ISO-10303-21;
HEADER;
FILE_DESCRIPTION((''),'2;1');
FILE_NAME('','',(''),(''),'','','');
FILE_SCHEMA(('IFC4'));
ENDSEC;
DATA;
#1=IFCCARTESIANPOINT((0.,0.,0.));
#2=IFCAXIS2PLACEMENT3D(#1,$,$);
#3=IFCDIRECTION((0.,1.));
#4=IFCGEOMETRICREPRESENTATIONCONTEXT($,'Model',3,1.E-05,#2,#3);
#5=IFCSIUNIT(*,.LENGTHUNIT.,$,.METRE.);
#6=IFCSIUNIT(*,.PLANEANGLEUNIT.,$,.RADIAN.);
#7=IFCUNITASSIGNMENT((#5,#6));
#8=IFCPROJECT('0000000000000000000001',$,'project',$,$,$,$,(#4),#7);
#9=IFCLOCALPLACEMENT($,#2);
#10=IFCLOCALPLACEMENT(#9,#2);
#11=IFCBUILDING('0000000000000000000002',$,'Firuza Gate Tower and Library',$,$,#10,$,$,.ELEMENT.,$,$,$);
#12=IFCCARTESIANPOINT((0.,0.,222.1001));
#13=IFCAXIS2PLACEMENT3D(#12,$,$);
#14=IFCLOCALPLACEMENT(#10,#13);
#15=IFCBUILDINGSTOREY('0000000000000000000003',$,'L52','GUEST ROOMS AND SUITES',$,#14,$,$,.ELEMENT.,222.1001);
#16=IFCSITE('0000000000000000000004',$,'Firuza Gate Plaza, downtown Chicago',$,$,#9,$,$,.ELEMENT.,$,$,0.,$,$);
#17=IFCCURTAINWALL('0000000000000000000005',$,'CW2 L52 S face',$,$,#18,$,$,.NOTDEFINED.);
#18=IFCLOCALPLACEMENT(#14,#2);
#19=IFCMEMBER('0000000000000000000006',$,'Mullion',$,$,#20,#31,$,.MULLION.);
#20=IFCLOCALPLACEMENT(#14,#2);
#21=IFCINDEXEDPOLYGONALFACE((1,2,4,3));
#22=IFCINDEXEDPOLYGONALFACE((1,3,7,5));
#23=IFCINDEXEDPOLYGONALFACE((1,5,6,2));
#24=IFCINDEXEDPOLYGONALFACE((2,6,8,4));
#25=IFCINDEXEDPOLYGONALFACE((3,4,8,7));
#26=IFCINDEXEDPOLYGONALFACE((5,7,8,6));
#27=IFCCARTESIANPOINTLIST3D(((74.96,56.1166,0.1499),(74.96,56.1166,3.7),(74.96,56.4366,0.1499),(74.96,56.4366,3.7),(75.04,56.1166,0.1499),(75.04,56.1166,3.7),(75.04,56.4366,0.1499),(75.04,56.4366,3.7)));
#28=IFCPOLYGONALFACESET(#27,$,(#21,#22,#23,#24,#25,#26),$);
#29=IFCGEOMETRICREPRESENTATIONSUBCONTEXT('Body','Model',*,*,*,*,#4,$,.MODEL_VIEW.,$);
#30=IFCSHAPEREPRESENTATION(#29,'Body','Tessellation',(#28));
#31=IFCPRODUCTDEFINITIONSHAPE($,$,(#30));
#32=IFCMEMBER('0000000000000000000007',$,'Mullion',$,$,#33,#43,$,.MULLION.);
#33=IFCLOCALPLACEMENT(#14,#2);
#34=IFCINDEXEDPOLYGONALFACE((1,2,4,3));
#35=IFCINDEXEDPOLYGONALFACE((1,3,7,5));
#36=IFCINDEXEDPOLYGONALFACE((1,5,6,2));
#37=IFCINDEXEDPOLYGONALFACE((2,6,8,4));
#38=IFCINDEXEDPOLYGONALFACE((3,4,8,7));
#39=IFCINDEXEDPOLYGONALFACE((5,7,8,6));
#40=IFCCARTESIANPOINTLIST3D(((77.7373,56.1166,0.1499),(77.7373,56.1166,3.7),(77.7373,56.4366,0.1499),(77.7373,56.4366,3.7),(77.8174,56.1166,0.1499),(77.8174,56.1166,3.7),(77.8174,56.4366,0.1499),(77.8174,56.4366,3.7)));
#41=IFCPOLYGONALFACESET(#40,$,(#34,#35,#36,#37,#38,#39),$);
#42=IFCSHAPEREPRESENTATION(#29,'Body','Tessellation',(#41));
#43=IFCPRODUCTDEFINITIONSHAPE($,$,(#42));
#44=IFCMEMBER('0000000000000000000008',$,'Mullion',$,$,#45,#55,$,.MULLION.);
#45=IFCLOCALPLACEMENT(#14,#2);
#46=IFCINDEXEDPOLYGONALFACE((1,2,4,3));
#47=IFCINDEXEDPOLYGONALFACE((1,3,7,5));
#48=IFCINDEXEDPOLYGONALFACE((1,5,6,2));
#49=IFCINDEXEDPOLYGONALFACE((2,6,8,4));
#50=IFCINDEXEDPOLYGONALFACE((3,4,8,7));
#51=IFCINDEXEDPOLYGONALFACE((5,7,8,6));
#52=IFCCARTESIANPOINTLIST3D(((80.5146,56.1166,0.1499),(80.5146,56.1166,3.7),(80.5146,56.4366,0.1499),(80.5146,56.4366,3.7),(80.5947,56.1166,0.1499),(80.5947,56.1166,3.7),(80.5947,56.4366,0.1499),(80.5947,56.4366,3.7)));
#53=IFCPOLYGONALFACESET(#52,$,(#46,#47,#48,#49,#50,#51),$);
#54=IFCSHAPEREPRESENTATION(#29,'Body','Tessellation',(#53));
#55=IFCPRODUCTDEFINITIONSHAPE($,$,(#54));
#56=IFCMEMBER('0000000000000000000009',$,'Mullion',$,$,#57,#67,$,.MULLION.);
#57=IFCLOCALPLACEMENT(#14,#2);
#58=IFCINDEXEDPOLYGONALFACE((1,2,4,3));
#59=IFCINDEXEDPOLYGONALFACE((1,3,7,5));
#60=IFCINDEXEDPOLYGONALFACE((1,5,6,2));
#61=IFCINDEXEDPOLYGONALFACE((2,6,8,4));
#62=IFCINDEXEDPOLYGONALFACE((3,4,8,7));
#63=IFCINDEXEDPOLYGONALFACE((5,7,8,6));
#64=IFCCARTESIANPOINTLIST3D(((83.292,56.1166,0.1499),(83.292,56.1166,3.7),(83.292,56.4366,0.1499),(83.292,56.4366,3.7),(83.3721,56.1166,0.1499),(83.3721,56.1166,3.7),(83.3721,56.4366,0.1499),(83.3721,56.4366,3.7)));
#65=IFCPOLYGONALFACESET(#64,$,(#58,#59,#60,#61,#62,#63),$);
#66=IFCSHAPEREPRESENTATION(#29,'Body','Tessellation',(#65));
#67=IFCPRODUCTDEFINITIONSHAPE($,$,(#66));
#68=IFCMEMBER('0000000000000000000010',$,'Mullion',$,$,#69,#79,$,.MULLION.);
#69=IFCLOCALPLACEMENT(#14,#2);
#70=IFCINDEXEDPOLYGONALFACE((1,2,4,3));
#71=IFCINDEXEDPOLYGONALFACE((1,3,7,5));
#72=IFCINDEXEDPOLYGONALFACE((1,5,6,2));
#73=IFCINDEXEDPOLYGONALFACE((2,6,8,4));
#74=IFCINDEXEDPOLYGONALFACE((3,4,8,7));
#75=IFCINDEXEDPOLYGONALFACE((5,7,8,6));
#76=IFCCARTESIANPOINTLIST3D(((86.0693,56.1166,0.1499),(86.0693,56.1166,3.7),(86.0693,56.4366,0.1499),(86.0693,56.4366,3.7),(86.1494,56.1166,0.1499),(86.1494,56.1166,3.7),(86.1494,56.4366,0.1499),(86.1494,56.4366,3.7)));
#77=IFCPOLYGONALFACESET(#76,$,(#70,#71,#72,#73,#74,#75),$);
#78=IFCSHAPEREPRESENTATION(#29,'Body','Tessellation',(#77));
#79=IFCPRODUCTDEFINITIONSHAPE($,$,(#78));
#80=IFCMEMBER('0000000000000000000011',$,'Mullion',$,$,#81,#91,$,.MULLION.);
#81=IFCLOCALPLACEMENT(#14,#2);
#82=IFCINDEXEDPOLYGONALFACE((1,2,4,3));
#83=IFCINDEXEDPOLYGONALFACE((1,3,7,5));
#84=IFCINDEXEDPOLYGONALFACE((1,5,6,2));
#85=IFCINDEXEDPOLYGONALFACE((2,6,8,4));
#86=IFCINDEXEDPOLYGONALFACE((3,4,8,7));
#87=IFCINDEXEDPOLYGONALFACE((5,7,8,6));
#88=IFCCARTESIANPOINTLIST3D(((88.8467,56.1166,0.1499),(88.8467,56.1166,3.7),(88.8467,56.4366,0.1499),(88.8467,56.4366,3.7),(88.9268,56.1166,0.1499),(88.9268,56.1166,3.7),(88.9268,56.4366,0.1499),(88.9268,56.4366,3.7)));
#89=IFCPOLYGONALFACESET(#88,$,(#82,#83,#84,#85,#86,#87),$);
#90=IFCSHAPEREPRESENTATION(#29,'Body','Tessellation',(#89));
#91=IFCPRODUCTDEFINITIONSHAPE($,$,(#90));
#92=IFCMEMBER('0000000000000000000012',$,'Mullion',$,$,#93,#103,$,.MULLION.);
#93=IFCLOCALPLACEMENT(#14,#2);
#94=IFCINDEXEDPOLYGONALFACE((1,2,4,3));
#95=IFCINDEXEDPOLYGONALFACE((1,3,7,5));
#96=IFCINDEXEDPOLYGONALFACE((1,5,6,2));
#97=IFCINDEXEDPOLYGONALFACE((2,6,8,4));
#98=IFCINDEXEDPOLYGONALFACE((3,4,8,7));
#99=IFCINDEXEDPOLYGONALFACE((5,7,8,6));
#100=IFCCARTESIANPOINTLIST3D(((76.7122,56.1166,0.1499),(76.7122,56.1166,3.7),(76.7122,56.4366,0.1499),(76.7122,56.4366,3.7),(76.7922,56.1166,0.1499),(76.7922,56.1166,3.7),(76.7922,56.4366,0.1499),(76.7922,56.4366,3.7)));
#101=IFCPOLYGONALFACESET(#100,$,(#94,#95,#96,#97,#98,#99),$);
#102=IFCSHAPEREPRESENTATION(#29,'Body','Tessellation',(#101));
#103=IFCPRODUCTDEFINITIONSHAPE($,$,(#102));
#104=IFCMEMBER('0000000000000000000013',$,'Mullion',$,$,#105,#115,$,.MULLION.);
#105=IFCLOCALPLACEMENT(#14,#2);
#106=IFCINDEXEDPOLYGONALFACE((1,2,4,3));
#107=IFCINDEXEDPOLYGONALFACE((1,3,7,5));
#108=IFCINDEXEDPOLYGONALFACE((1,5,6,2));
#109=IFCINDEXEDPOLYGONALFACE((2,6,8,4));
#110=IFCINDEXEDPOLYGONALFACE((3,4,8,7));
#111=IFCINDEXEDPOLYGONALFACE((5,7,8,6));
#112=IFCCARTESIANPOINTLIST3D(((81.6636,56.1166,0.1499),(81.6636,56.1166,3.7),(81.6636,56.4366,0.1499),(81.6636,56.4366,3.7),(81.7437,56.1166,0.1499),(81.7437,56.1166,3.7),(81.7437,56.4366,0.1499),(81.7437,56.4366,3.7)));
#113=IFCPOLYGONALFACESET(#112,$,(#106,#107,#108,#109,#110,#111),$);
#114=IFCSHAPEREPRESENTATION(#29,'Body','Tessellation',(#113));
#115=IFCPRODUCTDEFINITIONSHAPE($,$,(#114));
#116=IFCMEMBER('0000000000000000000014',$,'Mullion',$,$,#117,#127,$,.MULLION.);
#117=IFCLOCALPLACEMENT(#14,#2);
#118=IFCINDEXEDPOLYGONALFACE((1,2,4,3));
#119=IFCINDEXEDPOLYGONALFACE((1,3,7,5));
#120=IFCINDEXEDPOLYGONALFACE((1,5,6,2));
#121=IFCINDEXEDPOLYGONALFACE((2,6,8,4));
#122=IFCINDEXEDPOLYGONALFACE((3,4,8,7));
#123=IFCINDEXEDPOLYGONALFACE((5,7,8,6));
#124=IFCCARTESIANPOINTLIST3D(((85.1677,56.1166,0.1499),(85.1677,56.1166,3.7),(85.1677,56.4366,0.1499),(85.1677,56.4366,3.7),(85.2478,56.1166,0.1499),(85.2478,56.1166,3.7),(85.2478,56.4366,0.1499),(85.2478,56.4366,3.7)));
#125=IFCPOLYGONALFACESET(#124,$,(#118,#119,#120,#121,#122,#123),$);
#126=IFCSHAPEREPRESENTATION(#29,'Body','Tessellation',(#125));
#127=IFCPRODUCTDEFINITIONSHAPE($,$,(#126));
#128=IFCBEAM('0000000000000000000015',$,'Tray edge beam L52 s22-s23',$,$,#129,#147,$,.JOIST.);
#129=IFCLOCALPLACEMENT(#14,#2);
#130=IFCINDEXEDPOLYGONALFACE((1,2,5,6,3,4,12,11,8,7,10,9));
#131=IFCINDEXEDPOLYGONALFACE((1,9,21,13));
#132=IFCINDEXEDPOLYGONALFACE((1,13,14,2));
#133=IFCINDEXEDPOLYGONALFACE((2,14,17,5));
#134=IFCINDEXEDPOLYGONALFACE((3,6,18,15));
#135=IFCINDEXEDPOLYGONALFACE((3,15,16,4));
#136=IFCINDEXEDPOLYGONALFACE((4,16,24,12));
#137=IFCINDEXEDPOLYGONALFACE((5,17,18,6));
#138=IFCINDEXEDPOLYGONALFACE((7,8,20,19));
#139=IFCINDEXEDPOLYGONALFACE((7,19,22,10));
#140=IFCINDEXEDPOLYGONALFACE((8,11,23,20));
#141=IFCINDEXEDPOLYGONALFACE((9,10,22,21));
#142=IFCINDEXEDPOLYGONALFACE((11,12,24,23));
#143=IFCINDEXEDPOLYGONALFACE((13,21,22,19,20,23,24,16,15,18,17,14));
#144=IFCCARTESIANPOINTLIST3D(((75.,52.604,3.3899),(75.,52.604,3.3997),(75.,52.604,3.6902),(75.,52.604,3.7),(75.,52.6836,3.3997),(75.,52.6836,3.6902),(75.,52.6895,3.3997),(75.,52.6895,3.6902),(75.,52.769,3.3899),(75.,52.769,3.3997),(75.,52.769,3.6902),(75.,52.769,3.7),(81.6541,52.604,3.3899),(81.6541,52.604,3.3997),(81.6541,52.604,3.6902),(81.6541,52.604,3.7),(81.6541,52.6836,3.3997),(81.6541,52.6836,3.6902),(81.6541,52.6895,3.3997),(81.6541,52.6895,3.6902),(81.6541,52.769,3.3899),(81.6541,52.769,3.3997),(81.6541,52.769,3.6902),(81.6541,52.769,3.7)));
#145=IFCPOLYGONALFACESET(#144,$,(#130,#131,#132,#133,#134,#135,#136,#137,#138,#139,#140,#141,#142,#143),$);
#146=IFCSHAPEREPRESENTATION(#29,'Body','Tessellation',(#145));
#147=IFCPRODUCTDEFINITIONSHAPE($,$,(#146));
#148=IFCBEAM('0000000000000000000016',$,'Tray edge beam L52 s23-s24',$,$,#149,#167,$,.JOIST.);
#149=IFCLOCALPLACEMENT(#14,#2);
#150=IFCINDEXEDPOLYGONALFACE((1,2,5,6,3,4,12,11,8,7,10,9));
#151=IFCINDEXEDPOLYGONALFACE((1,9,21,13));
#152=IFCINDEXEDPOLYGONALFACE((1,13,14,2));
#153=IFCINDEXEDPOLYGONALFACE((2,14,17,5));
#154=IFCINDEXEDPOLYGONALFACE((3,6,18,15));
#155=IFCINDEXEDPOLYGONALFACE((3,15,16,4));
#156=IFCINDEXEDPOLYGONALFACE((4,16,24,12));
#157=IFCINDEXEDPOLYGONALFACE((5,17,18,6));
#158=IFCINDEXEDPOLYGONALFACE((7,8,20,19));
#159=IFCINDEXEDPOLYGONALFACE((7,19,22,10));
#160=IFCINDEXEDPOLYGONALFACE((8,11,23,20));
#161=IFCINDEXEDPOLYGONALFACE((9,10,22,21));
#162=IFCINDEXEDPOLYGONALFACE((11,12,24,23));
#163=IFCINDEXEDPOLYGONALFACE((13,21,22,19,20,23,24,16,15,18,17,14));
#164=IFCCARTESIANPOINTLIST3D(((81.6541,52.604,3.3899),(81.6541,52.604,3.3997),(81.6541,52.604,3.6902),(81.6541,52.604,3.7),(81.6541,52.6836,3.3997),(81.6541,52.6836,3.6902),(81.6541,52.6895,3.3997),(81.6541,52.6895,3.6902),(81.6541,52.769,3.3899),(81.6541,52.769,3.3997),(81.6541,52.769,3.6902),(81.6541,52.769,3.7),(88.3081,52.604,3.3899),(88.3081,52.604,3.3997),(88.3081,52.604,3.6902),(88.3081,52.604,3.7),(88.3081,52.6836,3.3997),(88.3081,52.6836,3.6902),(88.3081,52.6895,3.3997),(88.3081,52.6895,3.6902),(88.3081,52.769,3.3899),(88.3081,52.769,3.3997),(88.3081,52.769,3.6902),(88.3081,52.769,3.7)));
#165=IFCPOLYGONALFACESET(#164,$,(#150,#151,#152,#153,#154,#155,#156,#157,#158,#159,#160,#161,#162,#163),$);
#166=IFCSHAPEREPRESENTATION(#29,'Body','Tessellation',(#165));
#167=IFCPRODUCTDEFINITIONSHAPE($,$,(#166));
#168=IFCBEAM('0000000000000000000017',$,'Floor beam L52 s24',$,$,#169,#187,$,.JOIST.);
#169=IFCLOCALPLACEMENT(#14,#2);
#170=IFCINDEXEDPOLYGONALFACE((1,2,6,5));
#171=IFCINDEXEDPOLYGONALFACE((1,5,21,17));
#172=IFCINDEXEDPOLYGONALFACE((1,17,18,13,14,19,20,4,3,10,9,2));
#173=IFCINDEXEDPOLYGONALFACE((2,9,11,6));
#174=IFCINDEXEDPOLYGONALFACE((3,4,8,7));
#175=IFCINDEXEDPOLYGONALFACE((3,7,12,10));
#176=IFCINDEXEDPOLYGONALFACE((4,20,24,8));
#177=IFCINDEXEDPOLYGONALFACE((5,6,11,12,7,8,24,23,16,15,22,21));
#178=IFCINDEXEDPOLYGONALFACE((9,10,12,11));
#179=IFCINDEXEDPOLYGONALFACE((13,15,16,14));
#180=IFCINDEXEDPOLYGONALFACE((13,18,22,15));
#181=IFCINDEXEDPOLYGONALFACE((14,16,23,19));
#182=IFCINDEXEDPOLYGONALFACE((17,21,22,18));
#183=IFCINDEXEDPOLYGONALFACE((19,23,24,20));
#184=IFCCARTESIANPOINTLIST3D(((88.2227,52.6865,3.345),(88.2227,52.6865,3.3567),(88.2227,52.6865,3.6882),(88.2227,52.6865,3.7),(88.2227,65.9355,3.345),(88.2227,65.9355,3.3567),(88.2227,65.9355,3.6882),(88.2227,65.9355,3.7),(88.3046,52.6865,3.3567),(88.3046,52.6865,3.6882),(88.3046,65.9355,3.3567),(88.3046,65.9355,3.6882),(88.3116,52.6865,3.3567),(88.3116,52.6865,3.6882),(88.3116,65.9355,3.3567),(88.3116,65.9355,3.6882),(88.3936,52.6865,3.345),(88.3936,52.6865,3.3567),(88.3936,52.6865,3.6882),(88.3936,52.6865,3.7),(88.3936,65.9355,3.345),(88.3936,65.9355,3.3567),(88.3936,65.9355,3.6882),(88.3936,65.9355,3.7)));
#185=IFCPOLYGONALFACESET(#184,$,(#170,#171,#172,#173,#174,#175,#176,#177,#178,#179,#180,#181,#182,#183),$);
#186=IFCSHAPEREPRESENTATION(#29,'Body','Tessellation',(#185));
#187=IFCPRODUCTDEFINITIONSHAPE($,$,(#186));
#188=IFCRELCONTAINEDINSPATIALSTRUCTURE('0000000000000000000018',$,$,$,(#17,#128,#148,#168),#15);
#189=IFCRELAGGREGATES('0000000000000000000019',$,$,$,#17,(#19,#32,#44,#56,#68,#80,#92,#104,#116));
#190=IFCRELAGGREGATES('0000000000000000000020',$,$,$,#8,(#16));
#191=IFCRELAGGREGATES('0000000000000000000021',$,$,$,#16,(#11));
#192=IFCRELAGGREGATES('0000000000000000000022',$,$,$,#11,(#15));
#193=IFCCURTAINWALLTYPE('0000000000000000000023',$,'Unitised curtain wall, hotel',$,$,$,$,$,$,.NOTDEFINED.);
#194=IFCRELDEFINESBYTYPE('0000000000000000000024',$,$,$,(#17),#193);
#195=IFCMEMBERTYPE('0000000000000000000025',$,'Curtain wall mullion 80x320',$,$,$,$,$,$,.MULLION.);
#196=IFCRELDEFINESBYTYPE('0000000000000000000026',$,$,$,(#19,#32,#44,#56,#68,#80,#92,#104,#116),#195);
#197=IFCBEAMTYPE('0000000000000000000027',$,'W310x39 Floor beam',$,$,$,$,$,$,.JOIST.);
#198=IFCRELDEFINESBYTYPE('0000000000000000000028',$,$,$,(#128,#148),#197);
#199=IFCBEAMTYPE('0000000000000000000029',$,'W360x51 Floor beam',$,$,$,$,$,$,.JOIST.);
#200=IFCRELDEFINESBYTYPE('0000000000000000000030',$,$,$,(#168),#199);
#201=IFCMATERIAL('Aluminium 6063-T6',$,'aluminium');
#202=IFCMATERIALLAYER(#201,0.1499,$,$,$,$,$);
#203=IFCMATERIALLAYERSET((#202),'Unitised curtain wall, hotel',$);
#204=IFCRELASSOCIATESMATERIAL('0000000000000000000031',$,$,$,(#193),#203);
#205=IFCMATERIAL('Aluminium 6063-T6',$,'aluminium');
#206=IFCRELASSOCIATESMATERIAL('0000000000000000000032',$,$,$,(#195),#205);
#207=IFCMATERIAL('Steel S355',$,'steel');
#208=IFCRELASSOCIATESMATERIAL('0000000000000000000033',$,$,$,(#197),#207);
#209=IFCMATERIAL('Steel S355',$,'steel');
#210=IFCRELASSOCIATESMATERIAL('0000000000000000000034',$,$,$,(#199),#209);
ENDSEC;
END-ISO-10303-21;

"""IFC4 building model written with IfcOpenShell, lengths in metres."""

from ifc_helpers import new_model, si_unit, direction, frame, origin, origin_2d, place, context, subcontext, project, spatial, rectangle, i_section, extrude, material, layer, layer_set, material_profile, profile_set, type_object, element, aggregate, save


model = new_model("IFC4")

# Units and contexts
model_context = context("Model", 3, precision=1e-05, world=origin(), true_north=direction((0.0, 1.0)))
body_context = subcontext(model_context, "Body", "Model", "MODEL_VIEW")
ifc_project = project(units=[si_unit("LENGTHUNIT", "METRE"), si_unit("PLANEANGLEUNIT", "RADIAN")], contexts=[model_context])

# Site, building, storey
site_placement = place(None, origin())
site = spatial("IfcSite", under=ifc_project, at=site_placement, Name="Firuza Gate Plaza, downtown Chicago", CompositionType="ELEMENT", RefElevation=0.0)
building_placement = place(site_placement, origin())
building = spatial("IfcBuilding", under=site, at=building_placement, Name="Firuza Gate Tower and Library", CompositionType="ELEMENT")
storey_placement = place(building_placement, frame((0.0, 0.0, 222.1001)))
storey = spatial("IfcBuildingStorey", under=building, at=storey_placement, Name="L52", Description="GUEST ROOMS AND SUITES", CompositionType="ELEMENT", Elevation=222.1001)

# Curtain wall, members
ifc_material_1 = material(Name="Aluminium 6063-T6", Category="aluminium")
ifc_layer_1 = layer(ifc_material_1, 0.1499)
ifc_layer_set_1 = layer_set([ifc_layer_1], Name="Unitised curtain wall, hotel")
curtain_wall_type = type_object("IfcCurtainWallType", Name="Unitised curtain wall, hotel", PredefinedType="NOTDEFINED", material=ifc_layer_set_1)
curtain_wall_placement = place(storey_placement, origin())
curtain_wall = element("IfcCurtainWall", 1, at=curtain_wall_placement, inside=storey, type_object=curtain_wall_type, Name="CW2 L52 S face", PredefinedType="NOTDEFINED")
ifc_material_2 = material(Name="Aluminium 6063-T6", Category="aluminium")
ifc_material_profile_1 = material_profile(ifc_material_2, rectangle(XDim=0.3201, YDim=0.0801, at=origin_2d()))
ifc_profile_set_1 = profile_set([ifc_material_profile_1], Name="Aluminium 6063-T6")
member_type = type_object("IfcMemberType", Name="Curtain wall mullion 80x320", PredefinedType="MULLION", material=ifc_profile_set_1)
member_1_placement = place(storey_placement, frame((75.0, 56.2766, 0.1499), z_axis=(0.0, 0.0, 1.0), x_axis=(0.0, 1.0, 0.0)))
member_1 = element("IfcMember", 2, at=member_1_placement, type_object=member_type, Name="Mullion", PredefinedType="MULLION", context=body_context, shape_type="SweptSolid", body=[
    extrude(rectangle(XDim=0.3201, YDim=0.0801, at=origin_2d()), origin(), (0.0, 0.0, 1.0), 3.55),
])
member_2_placement = place(storey_placement, frame((77.7773, 56.2766, 0.1499), z_axis=(0.0, 0.0, 1.0), x_axis=(0.0, 1.0, 0.0)))
member_2 = element("IfcMember", 3, at=member_2_placement, type_object=member_type, Name="Mullion", PredefinedType="MULLION", context=body_context, shape_type="SweptSolid", body=[
    extrude(rectangle(XDim=0.3201, YDim=0.0801, at=origin_2d()), origin(), (0.0, 0.0, 1.0), 3.55),
])
member_3_placement = place(storey_placement, frame((80.5547, 56.2766, 0.1499), z_axis=(0.0, 0.0, 1.0), x_axis=(0.0, 1.0, 0.0)))
member_3 = element("IfcMember", 4, at=member_3_placement, type_object=member_type, Name="Mullion", PredefinedType="MULLION", context=body_context, shape_type="SweptSolid", body=[
    extrude(rectangle(XDim=0.3201, YDim=0.0801, at=origin_2d()), origin(), (0.0, 0.0, 1.0), 3.55),
])
member_4_placement = place(storey_placement, frame((83.332, 56.2766, 0.1499), z_axis=(0.0, 0.0, 1.0), x_axis=(0.0, 1.0, 0.0)))
member_4 = element("IfcMember", 5, at=member_4_placement, type_object=member_type, Name="Mullion", PredefinedType="MULLION", context=body_context, shape_type="SweptSolid", body=[
    extrude(rectangle(XDim=0.3201, YDim=0.0801, at=origin_2d()), origin(), (0.0, 0.0, 1.0), 3.55),
])
member_5_placement = place(storey_placement, frame((86.1094, 56.2766, 0.1499), z_axis=(0.0, 0.0, 1.0), x_axis=(0.0, 1.0, 0.0)))
member_5 = element("IfcMember", 6, at=member_5_placement, type_object=member_type, Name="Mullion", PredefinedType="MULLION", context=body_context, shape_type="SweptSolid", body=[
    extrude(rectangle(XDim=0.3201, YDim=0.0801, at=origin_2d()), origin(), (0.0, 0.0, 1.0), 3.55),
])
member_6_placement = place(storey_placement, frame((88.8867, 56.2766, 0.1499), z_axis=(0.0, 0.0, 1.0), x_axis=(0.0, 1.0, 0.0)))
member_6 = element("IfcMember", 7, at=member_6_placement, type_object=member_type, Name="Mullion", PredefinedType="MULLION", context=body_context, shape_type="SweptSolid", body=[
    extrude(rectangle(XDim=0.3201, YDim=0.0801, at=origin_2d()), origin(), (0.0, 0.0, 1.0), 3.55),
])
member_7_placement = place(storey_placement, frame((76.7522, 56.2766, 0.1499), z_axis=(0.0, 0.0, 1.0), x_axis=(0.0, 1.0, 0.0)))
member_7 = element("IfcMember", 8, at=member_7_placement, type_object=member_type, Name="Mullion", PredefinedType="MULLION", context=body_context, shape_type="SweptSolid", body=[
    extrude(rectangle(XDim=0.3201, YDim=0.0801, at=origin_2d()), origin(), (0.0, 0.0, 1.0), 3.55),
])
member_8_placement = place(storey_placement, frame((81.7036, 56.2766, 0.1499), z_axis=(0.0, 0.0, 1.0), x_axis=(0.0, 1.0, 0.0)))
member_8 = element("IfcMember", 9, at=member_8_placement, type_object=member_type, Name="Mullion", PredefinedType="MULLION", context=body_context, shape_type="SweptSolid", body=[
    extrude(rectangle(XDim=0.3201, YDim=0.0801, at=origin_2d()), origin(), (0.0, 0.0, 1.0), 3.55),
])
member_9_placement = place(storey_placement, frame((85.2078, 56.2766, 0.1499), z_axis=(0.0, 0.0, 1.0), x_axis=(0.0, 1.0, 0.0)))
member_9 = element("IfcMember", 10, at=member_9_placement, type_object=member_type, Name="Mullion", PredefinedType="MULLION", context=body_context, shape_type="SweptSolid", body=[
    extrude(rectangle(XDim=0.3201, YDim=0.0801, at=origin_2d()), origin(), (0.0, 0.0, 1.0), 3.55),
])

# Beams
ifc_material_3 = material(Name="Steel S355", Category="steel")
ifc_material_profile_2 = material_profile(ifc_material_3, i_section(OverallWidth=0.165, OverallDepth=0.3101, WebThickness=0.0059, FlangeThickness=0.0098, at=origin_2d()))
ifc_profile_set_2 = profile_set([ifc_material_profile_2], Name="Steel S355")
beam_type_1 = type_object("IfcBeamType", Name="W310x39 Floor beam", PredefinedType="JOIST", material=ifc_profile_set_2)
for number, where, z_axis, x_axis, name in (
    (11, (75.0, 52.6865, 3.5449), (1.0, 0.0, 0.0), (0.0, 1.0, 0.0), "Tray edge beam L52 s22-s23"),
    (12, (81.6541, 52.6865, 3.5449), (1.0, 0.0, 0.0), (0.0, 1.0, 0.0), "Tray edge beam L52 s23-s24"),
):
    element("IfcBeam", number, at=place(storey_placement, frame(where, z_axis=z_axis, x_axis=x_axis)), inside=storey, type_object=beam_type_1, Name=name, PredefinedType="JOIST", context=body_context, shape_type="SweptSolid", body=[
        extrude(i_section(OverallWidth=0.165, OverallDepth=0.3101, WebThickness=0.0059, FlangeThickness=0.0098, at=origin_2d()), origin(), (0.0, 0.0, 1.0), 6.6541),
    ])
ifc_material_4 = material(Name="Steel S355", Category="steel")
ifc_material_profile_3 = material_profile(ifc_material_4, i_section(OverallWidth=0.1709, OverallDepth=0.355, WebThickness=0.0071, FlangeThickness=0.0117, at=origin_2d()))
ifc_profile_set_3 = profile_set([ifc_material_profile_3], Name="Steel S355")
beam_type_2 = type_object("IfcBeamType", Name="W360x51 Floor beam", PredefinedType="JOIST", material=ifc_profile_set_3)
beam_1_placement = place(storey_placement, frame((88.3081, 52.6865, 3.5225), z_axis=(0.0, 1.0, 0.0), x_axis=(-1.0, 0.0, 0.0)))
element("IfcBeam", 13, at=beam_1_placement, inside=storey, type_object=beam_type_2, Name="Floor beam L52 s24", PredefinedType="JOIST", context=body_context, shape_type="SweptSolid", body=[
    extrude(i_section(OverallWidth=0.1709, OverallDepth=0.355, WebThickness=0.0071, FlangeThickness=0.0117, at=origin_2d()), origin(), (0.0, 0.0, 1.0), 13.249),
])

aggregate(curtain_wall, [member_1, member_2, member_3, member_4, member_5, member_6, member_7, member_8, member_9])

save(model, "model.ifc")
